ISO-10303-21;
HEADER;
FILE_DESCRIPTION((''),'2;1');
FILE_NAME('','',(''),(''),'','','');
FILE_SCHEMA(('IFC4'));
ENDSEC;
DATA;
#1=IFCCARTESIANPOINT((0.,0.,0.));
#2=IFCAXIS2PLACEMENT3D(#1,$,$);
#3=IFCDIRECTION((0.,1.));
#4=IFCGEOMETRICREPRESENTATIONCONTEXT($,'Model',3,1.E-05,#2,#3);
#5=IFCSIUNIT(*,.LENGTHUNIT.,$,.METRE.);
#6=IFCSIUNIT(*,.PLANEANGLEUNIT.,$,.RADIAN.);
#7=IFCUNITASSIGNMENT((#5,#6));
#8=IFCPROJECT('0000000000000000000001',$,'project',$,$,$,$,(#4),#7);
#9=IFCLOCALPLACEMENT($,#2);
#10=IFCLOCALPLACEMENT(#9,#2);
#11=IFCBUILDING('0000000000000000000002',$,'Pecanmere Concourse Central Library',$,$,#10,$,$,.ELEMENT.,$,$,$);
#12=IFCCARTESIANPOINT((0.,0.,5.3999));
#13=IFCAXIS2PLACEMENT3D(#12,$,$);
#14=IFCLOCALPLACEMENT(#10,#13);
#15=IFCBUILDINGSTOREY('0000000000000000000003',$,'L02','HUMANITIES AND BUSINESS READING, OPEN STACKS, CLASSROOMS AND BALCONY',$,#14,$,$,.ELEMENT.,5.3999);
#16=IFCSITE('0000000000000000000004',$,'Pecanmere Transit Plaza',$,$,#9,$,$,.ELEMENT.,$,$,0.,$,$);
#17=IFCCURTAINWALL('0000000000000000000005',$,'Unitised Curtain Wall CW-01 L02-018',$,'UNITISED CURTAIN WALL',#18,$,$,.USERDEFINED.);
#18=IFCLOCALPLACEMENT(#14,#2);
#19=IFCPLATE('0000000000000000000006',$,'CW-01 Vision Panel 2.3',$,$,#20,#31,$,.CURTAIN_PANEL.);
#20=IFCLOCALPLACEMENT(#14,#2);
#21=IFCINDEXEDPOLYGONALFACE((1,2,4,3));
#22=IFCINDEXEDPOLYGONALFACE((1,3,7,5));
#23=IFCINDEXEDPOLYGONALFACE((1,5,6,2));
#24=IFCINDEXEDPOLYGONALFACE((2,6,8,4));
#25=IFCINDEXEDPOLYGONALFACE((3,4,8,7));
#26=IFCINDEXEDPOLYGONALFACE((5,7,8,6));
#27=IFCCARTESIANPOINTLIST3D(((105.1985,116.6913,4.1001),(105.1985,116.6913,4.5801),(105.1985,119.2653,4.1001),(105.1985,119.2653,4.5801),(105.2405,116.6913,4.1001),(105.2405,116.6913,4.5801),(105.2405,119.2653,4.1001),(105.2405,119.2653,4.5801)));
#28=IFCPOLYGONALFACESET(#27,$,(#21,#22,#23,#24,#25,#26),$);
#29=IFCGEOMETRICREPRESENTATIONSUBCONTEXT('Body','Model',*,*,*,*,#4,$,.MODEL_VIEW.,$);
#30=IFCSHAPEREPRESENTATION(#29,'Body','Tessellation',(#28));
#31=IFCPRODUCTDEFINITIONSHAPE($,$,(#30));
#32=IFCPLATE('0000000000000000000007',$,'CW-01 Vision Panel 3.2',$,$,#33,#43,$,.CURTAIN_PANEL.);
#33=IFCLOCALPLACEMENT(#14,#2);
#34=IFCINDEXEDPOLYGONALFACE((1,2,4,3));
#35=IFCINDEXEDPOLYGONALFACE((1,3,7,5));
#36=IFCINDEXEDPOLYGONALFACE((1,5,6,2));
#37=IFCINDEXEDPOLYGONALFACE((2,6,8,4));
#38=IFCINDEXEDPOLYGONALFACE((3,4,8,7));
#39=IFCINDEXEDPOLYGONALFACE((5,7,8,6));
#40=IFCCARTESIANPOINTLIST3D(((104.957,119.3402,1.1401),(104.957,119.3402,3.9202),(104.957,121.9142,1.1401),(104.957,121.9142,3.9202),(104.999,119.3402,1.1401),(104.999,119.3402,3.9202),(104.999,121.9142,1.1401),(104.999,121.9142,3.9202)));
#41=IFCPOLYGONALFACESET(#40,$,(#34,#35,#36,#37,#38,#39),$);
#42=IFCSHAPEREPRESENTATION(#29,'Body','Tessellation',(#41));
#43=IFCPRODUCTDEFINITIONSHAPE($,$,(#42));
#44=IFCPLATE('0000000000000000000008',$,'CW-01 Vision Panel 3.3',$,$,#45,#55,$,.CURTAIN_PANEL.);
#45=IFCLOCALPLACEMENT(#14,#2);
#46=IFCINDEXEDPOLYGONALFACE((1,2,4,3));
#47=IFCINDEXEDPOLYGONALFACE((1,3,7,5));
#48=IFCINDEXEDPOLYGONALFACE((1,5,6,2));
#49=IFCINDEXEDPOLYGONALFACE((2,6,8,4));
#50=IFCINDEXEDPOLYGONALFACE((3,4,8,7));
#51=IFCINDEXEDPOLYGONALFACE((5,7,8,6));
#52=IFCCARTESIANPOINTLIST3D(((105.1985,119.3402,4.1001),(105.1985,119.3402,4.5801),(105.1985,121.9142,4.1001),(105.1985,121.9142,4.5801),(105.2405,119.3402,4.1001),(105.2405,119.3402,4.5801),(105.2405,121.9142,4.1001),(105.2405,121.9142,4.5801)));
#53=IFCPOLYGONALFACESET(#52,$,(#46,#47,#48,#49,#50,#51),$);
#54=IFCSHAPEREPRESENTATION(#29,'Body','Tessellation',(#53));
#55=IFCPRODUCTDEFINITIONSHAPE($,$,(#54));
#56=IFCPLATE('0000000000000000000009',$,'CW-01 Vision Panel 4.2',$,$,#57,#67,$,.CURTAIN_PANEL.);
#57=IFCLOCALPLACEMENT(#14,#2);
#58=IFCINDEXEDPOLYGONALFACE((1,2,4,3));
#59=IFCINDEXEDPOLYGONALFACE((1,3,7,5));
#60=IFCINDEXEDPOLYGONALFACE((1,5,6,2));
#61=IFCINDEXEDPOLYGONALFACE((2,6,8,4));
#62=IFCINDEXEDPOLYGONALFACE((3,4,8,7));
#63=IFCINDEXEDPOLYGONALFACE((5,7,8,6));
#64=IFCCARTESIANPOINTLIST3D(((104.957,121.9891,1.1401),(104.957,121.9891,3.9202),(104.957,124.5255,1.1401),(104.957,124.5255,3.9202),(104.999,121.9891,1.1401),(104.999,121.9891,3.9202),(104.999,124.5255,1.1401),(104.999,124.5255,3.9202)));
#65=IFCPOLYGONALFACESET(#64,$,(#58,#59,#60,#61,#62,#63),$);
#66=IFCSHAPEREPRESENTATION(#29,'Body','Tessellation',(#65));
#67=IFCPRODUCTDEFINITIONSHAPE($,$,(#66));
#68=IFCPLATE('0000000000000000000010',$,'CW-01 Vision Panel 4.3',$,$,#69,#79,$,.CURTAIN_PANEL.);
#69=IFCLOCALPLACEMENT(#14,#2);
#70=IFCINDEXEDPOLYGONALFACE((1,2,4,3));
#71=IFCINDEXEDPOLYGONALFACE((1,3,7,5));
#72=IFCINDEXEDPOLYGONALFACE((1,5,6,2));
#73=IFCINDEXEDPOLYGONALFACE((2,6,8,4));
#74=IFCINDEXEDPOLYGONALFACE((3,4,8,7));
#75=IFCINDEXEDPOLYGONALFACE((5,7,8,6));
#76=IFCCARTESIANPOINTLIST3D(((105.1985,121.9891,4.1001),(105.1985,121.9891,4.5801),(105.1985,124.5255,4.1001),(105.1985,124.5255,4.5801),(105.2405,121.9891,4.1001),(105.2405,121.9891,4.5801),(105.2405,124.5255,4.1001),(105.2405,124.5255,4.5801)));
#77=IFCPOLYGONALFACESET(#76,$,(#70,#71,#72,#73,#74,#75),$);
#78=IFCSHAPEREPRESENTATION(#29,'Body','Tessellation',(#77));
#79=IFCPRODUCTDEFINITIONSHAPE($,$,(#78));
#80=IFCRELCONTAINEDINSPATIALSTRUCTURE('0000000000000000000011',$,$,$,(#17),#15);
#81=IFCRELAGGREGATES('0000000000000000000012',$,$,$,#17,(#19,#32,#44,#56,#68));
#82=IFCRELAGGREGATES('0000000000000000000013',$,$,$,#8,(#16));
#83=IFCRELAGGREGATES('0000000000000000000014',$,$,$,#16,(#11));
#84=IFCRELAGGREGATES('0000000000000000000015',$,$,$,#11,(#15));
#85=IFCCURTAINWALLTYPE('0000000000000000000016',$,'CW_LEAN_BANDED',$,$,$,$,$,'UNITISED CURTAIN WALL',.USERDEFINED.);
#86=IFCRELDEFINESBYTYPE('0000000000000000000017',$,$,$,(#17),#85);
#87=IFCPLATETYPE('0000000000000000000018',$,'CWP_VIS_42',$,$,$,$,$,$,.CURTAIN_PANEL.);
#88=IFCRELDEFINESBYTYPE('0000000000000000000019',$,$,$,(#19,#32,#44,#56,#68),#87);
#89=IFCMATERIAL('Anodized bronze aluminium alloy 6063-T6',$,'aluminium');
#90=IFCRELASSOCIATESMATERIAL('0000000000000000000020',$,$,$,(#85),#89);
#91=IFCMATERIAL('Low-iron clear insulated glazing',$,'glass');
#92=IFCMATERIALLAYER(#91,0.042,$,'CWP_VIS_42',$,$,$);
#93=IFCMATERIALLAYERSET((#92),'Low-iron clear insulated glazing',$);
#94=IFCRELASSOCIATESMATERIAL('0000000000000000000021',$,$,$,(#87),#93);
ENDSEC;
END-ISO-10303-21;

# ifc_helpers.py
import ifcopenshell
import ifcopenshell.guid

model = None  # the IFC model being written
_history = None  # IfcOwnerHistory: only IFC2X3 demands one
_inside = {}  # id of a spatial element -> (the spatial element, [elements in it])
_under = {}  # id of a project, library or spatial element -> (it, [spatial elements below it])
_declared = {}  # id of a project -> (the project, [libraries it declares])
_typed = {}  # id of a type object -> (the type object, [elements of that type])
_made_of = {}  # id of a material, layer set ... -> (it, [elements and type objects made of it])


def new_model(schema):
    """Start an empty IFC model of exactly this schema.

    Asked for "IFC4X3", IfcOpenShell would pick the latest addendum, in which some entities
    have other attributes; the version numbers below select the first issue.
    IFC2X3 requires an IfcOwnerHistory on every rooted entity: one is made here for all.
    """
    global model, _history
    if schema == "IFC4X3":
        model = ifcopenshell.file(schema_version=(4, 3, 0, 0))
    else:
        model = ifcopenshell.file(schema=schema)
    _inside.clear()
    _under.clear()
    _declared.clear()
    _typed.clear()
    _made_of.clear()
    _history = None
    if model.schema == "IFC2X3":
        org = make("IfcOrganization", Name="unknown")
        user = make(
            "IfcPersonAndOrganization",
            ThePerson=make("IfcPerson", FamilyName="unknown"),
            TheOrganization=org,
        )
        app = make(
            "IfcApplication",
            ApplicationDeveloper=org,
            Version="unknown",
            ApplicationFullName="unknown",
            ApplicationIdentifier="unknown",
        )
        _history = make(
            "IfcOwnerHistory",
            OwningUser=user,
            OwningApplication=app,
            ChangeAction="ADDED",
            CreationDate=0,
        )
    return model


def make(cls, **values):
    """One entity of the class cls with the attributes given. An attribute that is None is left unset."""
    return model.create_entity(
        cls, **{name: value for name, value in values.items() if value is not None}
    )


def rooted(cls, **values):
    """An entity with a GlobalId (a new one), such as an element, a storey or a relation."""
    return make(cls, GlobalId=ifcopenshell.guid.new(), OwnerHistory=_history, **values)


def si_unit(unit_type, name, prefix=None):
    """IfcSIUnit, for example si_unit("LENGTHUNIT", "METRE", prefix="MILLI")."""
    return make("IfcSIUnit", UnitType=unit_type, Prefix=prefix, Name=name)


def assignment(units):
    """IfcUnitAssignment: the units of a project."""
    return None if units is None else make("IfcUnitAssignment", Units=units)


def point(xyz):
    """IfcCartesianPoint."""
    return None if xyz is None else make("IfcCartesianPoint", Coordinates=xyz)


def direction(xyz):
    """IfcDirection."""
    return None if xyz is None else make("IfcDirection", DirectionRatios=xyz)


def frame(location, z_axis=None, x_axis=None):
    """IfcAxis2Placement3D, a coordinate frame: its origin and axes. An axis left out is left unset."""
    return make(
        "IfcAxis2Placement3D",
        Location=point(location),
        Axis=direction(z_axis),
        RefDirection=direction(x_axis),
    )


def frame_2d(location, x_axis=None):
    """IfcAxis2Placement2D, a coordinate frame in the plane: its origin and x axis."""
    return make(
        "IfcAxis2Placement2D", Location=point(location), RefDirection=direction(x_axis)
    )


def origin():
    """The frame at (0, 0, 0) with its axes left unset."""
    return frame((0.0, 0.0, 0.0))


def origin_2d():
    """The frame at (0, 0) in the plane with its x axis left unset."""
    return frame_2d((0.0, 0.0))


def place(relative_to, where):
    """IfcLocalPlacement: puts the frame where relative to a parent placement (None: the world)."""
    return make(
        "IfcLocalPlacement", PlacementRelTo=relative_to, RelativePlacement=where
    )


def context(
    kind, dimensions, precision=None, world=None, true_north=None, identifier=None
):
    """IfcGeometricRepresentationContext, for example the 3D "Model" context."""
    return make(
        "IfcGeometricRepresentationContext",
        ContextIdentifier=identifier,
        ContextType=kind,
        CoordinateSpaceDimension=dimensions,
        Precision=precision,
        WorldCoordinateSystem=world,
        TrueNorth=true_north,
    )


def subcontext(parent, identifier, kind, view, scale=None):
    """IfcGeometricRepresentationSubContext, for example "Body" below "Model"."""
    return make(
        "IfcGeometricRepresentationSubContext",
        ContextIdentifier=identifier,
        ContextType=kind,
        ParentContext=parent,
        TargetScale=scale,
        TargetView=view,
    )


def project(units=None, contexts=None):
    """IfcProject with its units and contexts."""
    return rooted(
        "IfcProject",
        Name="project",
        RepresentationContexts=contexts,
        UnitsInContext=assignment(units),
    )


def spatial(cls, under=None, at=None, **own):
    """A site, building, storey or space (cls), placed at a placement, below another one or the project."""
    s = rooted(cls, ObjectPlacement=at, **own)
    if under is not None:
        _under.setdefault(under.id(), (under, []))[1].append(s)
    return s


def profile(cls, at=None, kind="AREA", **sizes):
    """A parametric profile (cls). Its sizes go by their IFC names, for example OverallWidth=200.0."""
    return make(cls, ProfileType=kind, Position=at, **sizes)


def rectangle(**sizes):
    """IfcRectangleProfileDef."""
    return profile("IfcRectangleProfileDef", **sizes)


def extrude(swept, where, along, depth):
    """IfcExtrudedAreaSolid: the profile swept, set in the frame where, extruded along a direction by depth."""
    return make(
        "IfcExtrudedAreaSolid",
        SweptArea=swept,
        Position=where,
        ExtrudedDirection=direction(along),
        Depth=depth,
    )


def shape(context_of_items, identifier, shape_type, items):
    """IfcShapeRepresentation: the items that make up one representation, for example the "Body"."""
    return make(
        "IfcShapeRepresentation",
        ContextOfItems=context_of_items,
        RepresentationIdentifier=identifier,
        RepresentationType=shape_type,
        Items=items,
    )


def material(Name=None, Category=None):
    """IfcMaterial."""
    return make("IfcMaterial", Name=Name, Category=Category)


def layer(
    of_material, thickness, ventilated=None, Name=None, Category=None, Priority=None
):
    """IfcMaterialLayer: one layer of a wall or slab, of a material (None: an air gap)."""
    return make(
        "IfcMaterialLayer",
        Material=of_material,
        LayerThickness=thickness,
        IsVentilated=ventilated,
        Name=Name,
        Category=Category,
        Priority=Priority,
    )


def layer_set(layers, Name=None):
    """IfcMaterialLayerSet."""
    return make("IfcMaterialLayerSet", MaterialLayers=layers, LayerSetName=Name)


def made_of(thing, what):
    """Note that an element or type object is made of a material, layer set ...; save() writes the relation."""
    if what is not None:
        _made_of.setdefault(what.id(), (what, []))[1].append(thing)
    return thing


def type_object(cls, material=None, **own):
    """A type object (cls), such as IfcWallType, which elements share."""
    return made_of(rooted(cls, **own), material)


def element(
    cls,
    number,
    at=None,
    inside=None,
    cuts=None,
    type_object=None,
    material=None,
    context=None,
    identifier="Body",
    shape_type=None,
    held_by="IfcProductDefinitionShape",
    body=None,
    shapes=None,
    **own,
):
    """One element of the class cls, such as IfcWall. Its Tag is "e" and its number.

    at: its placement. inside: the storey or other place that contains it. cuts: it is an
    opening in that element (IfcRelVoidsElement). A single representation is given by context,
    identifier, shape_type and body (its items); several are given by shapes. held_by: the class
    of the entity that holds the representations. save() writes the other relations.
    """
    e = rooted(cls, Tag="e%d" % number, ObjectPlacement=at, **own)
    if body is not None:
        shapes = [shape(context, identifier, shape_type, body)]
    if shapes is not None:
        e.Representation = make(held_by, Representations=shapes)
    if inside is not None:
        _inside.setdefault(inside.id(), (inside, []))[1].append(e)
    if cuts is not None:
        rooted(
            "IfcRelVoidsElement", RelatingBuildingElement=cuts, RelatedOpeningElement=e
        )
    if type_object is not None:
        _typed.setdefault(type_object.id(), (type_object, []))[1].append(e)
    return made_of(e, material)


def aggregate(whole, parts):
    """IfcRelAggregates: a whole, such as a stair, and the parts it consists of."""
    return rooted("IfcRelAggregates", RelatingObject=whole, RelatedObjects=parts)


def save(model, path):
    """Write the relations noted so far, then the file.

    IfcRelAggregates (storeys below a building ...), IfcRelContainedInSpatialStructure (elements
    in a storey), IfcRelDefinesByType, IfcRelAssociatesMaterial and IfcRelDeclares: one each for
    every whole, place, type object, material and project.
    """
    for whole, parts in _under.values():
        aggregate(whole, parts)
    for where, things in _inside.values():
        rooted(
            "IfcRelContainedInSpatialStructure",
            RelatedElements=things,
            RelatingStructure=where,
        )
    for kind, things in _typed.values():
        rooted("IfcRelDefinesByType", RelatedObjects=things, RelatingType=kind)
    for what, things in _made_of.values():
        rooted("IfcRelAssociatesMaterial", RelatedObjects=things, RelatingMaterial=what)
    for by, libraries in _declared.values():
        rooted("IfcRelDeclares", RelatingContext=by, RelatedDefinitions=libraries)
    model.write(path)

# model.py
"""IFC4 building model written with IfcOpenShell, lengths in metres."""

from ifc_helpers import new_model, si_unit, direction, frame, origin, origin_2d, place, context, subcontext, project, spatial, rectangle, extrude, material, layer, layer_set, type_object, element, aggregate, save


model = new_model("IFC4")

# Units and contexts
model_context = context("Model", 3, precision=1e-05, world=origin(), true_north=direction((0.0, 1.0)))
body_context = subcontext(model_context, "Body", "Model", "MODEL_VIEW")
ifc_project = project(units=[si_unit("LENGTHUNIT", "METRE"), si_unit("PLANEANGLEUNIT", "RADIAN")], contexts=[model_context])

# Site, building, storey
site_placement = place(None, origin())
site = spatial("IfcSite", under=ifc_project, at=site_placement, Name="Pecanmere Transit Plaza", CompositionType="ELEMENT", RefElevation=0.0)
building_placement = place(site_placement, origin())
building = spatial("IfcBuilding", under=site, at=building_placement, Name="Pecanmere Concourse Central Library", CompositionType="ELEMENT")
storey_placement = place(building_placement, frame((0.0, 0.0, 5.3999)))
storey = spatial("IfcBuildingStorey", under=building, at=storey_placement, Name="L02", Description="HUMANITIES AND BUSINESS READING, OPEN STACKS, CLASSROOMS AND BALCONY", CompositionType="ELEMENT", Elevation=5.3999)

# Shared definitions
ifc_material_1 = material(Name="Anodized bronze aluminium alloy 6063-T6", Category="aluminium")
curtain_wall_type = type_object("IfcCurtainWallType", Name="CW_LEAN_BANDED", ElementType="UNITISED CURTAIN WALL", PredefinedType="USERDEFINED", material=ifc_material_1)

# Curtain wall
curtain_wall_1_placement = place(storey_placement, origin())
curtain_wall_1 = element("IfcCurtainWall", 1, at=curtain_wall_1_placement, inside=storey, type_object=curtain_wall_type, Name="Unitised Curtain Wall CW-01 L02-018", ObjectType="UNITISED CURTAIN WALL", PredefinedType="USERDEFINED")

# Plates
ifc_material_2 = material(Name="Low-iron clear insulated glazing", Category="glass")
ifc_layer_1 = layer(ifc_material_2, 0.042, Name="CWP_VIS_42")
ifc_layer_set_1 = layer_set([ifc_layer_1], Name="Low-iron clear insulated glazing")
plate_type_1 = type_object("IfcPlateType", Name="CWP_VIS_42", PredefinedType="CURTAIN_PANEL", material=ifc_layer_set_1)
plate_1_placement = place(storey_placement, frame((105.2195, 117.9783, 4.1001), z_axis=(0.0, 0.0, 1.0), x_axis=(0.0, 1.0, 0.0)))
plate_1 = element("IfcPlate", 2, at=plate_1_placement, type_object=plate_type_1, Name="CW-01 Vision Panel 2.3", PredefinedType="CURTAIN_PANEL", context=body_context, shape_type="SweptSolid", body=[
    extrude(rectangle(XDim=2.574, YDim=0.042, at=origin_2d()), origin(), (0.0, 0.0, 1.0), 0.48),
])
plate_2_placement = place(storey_placement, frame((104.978, 120.6272, 1.1401), z_axis=(0.0, 0.0, 1.0), x_axis=(0.0, 1.0, 0.0)))
plate_2 = element("IfcPlate", 3, at=plate_2_placement, type_object=plate_type_1, Name="CW-01 Vision Panel 3.2", PredefinedType="CURTAIN_PANEL", context=body_context, shape_type="SweptSolid", body=[
    extrude(rectangle(XDim=2.574, YDim=0.042, at=origin_2d()), origin(), (0.0, 0.0, 1.0), 2.78),
])
plate_3_placement = place(storey_placement, frame((105.2195, 120.6272, 4.1001), z_axis=(0.0, 0.0, 1.0), x_axis=(0.0, 1.0, 0.0)))
plate_3 = element("IfcPlate", 4, at=plate_3_placement, type_object=plate_type_1, Name="CW-01 Vision Panel 3.3", PredefinedType="CURTAIN_PANEL", context=body_context, shape_type="SweptSolid", body=[
    extrude(rectangle(XDim=2.574, YDim=0.042, at=origin_2d()), origin(), (0.0, 0.0, 1.0), 0.48),
])
plate_4_placement = place(storey_placement, frame((104.978, 123.2573, 1.1401), z_axis=(0.0, 0.0, 1.0), x_axis=(0.0, 1.0, 0.0)))
plate_4 = element("IfcPlate", 5, at=plate_4_placement, type_object=plate_type_1, Name="CW-01 Vision Panel 4.2", PredefinedType="CURTAIN_PANEL", context=body_context, shape_type="SweptSolid", body=[
    extrude(rectangle(XDim=2.5364, YDim=0.042, at=origin_2d()), origin(), (0.0, 0.0, 1.0), 2.78),
])
plate_5_placement = place(storey_placement, frame((105.2195, 123.2573, 4.1001), z_axis=(0.0, 0.0, 1.0), x_axis=(0.0, 1.0, 0.0)))
plate_5 = element("IfcPlate", 6, at=plate_5_placement, type_object=plate_type_1, Name="CW-01 Vision Panel 4.3", PredefinedType="CURTAIN_PANEL", context=body_context, shape_type="SweptSolid", body=[
    extrude(rectangle(XDim=2.5364, YDim=0.042, at=origin_2d()), origin(), (0.0, 0.0, 1.0), 0.48),
])
aggregate(curtain_wall_1, [plate_1, plate_2, plate_3, plate_4, plate_5])

save(model, "model.ifc")
